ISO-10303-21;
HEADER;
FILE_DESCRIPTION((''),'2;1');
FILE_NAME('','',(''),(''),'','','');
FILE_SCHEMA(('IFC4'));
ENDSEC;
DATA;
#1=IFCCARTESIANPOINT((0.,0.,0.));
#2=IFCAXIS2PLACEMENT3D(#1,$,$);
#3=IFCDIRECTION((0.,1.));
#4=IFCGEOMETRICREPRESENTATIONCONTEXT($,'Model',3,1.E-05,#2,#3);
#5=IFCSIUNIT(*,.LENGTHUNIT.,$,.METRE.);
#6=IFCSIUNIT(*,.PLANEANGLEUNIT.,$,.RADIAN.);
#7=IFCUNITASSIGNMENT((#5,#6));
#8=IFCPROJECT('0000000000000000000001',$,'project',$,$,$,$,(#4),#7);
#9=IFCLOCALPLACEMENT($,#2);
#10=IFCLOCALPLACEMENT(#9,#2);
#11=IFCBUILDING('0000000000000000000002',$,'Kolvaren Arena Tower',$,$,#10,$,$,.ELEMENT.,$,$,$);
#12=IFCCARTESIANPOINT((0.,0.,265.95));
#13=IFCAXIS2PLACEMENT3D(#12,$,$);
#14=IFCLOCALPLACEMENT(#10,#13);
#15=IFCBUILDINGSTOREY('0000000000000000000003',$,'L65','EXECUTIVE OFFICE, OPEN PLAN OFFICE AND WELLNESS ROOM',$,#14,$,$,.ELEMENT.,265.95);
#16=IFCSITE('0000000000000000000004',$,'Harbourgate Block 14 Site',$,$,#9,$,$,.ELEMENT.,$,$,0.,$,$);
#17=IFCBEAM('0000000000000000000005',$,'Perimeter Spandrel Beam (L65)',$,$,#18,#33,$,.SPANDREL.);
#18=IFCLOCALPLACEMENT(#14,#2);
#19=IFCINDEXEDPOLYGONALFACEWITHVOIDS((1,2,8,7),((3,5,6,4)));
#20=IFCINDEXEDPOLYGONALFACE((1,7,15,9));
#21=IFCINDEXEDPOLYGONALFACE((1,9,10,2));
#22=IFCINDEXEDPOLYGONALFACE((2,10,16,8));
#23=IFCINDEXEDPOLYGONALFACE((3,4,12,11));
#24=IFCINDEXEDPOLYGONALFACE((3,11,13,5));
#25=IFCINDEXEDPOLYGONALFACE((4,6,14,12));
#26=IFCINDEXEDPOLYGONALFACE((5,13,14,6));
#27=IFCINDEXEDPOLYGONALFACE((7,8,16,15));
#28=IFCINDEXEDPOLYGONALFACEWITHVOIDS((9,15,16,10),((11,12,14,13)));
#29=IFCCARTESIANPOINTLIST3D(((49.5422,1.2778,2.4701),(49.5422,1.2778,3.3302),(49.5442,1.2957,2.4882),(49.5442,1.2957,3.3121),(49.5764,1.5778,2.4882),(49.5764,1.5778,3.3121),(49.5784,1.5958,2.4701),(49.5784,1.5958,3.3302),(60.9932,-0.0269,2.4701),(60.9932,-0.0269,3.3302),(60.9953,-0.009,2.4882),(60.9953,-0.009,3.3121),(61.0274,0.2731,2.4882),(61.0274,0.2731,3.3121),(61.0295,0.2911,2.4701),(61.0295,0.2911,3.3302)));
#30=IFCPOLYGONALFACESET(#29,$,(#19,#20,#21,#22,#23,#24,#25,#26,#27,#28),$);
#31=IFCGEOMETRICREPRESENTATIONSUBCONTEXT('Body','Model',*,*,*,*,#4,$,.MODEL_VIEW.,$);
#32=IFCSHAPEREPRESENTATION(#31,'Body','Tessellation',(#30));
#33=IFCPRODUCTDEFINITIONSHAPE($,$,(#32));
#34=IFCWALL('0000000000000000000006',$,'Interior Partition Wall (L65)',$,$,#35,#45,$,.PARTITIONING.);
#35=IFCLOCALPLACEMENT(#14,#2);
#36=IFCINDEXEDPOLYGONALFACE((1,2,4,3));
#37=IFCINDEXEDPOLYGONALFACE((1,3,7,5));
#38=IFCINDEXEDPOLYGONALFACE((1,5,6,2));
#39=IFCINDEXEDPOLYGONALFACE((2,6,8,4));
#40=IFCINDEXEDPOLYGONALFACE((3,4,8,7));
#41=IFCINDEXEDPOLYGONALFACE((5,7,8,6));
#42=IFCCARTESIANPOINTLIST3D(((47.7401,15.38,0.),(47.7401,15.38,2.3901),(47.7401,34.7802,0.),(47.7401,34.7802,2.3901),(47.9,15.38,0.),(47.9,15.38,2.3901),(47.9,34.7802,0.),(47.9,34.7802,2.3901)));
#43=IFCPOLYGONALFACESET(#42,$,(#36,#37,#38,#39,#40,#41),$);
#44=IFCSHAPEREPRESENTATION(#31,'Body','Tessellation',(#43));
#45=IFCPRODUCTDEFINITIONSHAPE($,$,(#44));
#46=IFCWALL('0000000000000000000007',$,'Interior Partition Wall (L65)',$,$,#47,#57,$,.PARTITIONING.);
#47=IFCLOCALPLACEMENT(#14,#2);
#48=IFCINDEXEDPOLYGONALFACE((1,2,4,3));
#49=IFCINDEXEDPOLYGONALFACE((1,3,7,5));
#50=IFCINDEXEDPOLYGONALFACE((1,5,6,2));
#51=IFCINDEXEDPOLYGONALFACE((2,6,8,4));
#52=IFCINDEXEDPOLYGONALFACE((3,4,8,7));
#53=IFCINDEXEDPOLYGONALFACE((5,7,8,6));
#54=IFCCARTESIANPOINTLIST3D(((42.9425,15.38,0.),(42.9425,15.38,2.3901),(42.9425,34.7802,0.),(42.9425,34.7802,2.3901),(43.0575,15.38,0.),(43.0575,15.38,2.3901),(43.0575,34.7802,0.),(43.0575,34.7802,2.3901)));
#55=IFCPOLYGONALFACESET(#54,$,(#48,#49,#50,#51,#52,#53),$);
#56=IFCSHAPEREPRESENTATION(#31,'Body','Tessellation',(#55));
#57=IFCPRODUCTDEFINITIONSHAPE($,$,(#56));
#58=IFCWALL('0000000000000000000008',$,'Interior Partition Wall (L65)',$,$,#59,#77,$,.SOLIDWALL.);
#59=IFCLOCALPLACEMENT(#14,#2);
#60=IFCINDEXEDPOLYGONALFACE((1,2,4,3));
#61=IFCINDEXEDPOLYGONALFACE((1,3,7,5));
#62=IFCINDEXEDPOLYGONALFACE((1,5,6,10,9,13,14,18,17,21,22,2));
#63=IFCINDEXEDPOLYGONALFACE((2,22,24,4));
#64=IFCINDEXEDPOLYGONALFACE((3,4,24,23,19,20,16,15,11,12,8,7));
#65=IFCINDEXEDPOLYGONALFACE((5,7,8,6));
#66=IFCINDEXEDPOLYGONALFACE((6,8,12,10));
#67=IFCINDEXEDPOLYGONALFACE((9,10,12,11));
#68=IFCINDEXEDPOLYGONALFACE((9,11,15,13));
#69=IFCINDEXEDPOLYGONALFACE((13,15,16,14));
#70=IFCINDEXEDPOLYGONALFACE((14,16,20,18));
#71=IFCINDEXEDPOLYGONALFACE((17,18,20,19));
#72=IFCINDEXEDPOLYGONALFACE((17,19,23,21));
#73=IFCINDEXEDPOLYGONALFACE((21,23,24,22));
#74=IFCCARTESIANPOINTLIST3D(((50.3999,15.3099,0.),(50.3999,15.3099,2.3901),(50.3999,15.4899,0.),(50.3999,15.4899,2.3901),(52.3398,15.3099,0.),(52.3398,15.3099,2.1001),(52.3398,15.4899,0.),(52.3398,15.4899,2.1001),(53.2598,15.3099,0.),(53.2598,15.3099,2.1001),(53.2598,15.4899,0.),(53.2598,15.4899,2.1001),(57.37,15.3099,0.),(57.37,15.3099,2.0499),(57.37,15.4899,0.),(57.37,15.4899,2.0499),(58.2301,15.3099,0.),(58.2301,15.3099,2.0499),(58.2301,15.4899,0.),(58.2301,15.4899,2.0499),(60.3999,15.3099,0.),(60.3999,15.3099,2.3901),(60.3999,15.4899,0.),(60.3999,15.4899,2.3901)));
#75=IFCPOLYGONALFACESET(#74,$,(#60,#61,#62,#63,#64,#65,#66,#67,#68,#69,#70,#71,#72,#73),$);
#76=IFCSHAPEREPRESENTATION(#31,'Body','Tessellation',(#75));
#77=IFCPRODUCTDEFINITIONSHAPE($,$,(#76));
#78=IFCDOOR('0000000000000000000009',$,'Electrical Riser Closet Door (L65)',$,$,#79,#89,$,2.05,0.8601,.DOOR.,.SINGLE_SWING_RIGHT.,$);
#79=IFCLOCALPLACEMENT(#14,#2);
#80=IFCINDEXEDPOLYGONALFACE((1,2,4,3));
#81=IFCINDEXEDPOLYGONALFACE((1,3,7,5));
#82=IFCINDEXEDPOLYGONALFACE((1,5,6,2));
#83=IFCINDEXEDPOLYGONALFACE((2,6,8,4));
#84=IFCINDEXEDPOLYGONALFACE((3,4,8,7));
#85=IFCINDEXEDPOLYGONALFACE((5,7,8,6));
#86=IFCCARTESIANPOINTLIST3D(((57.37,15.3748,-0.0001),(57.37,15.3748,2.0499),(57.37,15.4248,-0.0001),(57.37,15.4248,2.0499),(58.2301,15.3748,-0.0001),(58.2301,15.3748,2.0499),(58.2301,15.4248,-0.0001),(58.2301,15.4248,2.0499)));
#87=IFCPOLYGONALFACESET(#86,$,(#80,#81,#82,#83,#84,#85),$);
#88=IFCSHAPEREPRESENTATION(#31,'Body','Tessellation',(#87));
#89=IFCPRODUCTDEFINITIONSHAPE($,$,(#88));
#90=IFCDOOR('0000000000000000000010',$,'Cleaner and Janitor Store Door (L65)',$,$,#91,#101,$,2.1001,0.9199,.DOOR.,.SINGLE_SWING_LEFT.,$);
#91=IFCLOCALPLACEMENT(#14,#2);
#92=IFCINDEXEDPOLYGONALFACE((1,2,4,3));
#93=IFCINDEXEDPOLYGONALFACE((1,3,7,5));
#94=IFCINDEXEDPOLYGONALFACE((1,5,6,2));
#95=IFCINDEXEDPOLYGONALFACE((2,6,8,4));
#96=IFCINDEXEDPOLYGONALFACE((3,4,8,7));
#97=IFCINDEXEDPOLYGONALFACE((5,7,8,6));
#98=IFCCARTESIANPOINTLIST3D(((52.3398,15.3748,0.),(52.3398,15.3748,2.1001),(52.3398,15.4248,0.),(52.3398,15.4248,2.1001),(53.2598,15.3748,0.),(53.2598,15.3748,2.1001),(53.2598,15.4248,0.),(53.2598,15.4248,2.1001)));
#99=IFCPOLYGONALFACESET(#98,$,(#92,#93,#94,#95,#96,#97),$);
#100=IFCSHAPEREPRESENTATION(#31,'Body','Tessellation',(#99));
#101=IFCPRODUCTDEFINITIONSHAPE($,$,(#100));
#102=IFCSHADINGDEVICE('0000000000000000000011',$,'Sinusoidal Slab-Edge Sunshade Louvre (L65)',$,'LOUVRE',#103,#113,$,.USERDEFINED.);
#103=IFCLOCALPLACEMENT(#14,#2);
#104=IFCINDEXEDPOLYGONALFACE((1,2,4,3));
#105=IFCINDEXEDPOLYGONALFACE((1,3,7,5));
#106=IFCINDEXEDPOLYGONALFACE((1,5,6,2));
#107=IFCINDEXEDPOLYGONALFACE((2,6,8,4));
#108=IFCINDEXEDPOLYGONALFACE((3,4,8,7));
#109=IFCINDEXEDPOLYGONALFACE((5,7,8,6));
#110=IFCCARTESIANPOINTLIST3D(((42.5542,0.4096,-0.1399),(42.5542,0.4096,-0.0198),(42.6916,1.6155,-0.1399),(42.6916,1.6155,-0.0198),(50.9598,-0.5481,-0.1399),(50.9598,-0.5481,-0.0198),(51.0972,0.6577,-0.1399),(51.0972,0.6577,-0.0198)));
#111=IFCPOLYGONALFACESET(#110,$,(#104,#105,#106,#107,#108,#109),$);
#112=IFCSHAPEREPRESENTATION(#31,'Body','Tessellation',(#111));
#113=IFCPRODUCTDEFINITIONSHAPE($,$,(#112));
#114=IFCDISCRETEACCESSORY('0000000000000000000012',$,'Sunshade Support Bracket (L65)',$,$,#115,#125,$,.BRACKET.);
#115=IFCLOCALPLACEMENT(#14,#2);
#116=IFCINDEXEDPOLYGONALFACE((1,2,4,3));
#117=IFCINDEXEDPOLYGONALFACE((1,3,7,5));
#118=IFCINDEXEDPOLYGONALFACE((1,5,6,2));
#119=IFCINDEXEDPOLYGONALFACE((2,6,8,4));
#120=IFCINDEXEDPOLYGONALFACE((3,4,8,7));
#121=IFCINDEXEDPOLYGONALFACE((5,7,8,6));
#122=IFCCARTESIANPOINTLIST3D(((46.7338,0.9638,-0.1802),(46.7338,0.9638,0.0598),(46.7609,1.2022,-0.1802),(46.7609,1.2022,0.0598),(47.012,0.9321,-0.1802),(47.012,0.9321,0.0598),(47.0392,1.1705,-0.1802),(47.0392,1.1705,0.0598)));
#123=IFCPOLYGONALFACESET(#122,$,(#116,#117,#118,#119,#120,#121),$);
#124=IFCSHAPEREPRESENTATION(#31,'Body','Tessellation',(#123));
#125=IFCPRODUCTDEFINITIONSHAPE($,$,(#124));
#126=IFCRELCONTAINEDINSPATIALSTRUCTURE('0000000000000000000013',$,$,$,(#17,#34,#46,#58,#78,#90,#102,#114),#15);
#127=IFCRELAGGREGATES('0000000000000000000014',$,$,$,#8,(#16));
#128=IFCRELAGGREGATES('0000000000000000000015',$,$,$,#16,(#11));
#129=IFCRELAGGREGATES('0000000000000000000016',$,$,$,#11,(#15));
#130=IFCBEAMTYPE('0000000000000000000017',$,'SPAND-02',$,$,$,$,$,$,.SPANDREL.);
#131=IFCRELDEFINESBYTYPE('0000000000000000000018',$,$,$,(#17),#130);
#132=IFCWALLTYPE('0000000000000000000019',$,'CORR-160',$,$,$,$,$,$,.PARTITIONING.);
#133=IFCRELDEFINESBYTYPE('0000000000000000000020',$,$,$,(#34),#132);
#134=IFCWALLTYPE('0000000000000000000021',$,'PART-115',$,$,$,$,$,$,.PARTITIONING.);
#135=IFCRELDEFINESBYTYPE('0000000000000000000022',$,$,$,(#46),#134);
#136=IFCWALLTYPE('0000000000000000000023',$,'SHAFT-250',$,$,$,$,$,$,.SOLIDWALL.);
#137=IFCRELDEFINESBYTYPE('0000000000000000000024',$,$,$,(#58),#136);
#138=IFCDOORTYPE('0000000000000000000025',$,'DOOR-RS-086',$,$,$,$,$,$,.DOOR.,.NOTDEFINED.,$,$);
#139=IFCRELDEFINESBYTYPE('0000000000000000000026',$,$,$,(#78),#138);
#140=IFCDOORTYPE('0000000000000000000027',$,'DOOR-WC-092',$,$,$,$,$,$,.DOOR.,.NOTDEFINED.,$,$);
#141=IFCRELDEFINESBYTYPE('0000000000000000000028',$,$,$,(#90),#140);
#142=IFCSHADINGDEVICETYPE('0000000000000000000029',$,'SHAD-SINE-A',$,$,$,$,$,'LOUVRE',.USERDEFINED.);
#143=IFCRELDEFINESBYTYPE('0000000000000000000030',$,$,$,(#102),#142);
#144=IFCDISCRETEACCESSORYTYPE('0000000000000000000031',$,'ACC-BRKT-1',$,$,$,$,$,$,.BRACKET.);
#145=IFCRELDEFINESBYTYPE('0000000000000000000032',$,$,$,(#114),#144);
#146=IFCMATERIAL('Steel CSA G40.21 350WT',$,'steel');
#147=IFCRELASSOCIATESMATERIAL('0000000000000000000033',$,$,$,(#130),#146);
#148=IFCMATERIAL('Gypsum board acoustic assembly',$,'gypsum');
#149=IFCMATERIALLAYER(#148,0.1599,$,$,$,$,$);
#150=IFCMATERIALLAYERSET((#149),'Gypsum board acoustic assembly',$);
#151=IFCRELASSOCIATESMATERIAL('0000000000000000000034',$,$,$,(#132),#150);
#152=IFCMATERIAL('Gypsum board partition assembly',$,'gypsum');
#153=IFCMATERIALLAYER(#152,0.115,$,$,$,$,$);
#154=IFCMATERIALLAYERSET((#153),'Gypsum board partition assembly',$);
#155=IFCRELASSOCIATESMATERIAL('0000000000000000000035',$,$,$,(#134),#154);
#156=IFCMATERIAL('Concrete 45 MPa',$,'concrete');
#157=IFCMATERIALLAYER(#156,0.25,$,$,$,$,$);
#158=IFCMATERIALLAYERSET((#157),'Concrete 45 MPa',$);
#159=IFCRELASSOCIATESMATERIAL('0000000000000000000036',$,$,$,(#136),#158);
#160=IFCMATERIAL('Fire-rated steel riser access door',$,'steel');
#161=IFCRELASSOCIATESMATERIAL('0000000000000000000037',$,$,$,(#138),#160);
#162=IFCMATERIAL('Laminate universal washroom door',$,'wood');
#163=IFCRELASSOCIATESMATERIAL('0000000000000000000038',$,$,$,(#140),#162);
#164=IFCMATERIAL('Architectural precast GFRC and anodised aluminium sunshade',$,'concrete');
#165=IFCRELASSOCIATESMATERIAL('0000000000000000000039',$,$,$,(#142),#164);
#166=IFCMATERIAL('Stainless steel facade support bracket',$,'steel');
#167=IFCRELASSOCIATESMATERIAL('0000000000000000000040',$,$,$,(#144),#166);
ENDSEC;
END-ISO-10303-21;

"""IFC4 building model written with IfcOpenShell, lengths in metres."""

from ifc_helpers import new_model, si_unit, direction, frame, frame_2d, origin, origin_2d, place, context, subcontext, project, spatial, rectangle, hollow_rectangle, extrude, material, layer, layer_set, material_profile, profile_set, type_object, element, fill, save


model = new_model("IFC4")

# Units and contexts
model_context = context("Model", 3, precision=1e-05, world=origin(), true_north=direction((0.0, 1.0)))
body_context = subcontext(model_context, "Body", "Model", "MODEL_VIEW")
ifc_project = project(units=[si_unit("LENGTHUNIT", "METRE"), si_unit("PLANEANGLEUNIT", "RADIAN")], contexts=[model_context])

# Site, building, storey
site_placement = place(None, origin())
site = spatial("IfcSite", under=ifc_project, at=site_placement, Name="Harbourgate Block 14 Site", CompositionType="ELEMENT", RefElevation=0.0)
building_placement = place(site_placement, origin())
building = spatial("IfcBuilding", under=site, at=building_placement, Name="Kolvaren Arena Tower", CompositionType="ELEMENT")
storey_placement = place(building_placement, frame((0.0, 0.0, 265.95)))
storey = spatial("IfcBuildingStorey", under=building, at=storey_placement, Name="L65", Description="EXECUTIVE OFFICE, OPEN PLAN OFFICE AND WELLNESS ROOM", CompositionType="ELEMENT", Elevation=265.95)

# Beam
ifc_material_1 = material(Name="Steel CSA G40.21 350WT", Category="steel")
ifc_material_profile_1 = material_profile(ifc_material_1, hollow_rectangle(XDim=0.3201, YDim=0.8601, WallThickness=0.0181, at=origin_2d()), Name="HSS 860x320x18")
ifc_profile_set_1 = profile_set([ifc_material_profile_1], Name="Steel CSA G40.21 350WT")
beam_type_1 = type_object("IfcBeamType", Name="SPAND-02", PredefinedType="SPANDREL", material=ifc_profile_set_1)
beam_1_placement = place(storey_placement, frame((49.5603, 1.4368, 2.9001), z_axis=(0.993572, -0.113202, 0.0), x_axis=(0.113202, 0.993572, 0.0)))
element("IfcBeam", 1, at=beam_1_placement, inside=storey, type_object=beam_type_1, Name="Perimeter Spandrel Beam (L65)", PredefinedType="SPANDREL", context=body_context, shape_type="SweptSolid", body=[
    extrude(hollow_rectangle(XDim=0.3201, YDim=0.8601, WallThickness=0.0181, at=origin_2d()), origin(), (0.0, 0.0, 1.0), 11.5251),
])

# Walls
ifc_material_2 = material(Name="Gypsum board acoustic assembly", Category="gypsum")
ifc_layer_1 = layer(ifc_material_2, 0.1599)
ifc_layer_set_1 = layer_set([ifc_layer_1], Name="Gypsum board acoustic assembly")
wall_type_1 = type_object("IfcWallType", Name="CORR-160", PredefinedType="PARTITIONING", material=ifc_layer_set_1)
wall_1_placement = place(storey_placement, frame((47.8201, 15.3799, 0.0), z_axis=(0.0, 0.0, 1.0), x_axis=(0.0, 1.0, 0.0)))
element("IfcWall", 2, at=wall_1_placement, inside=storey, type_object=wall_type_1, Name="Interior Partition Wall (L65)", PredefinedType="PARTITIONING", context=body_context, shape_type="SweptSolid", body=[
    extrude(rectangle(XDim=19.4001, YDim=0.1599, at=frame_2d((9.7002, 0.0))), origin(), (0.0, 0.0, 1.0), 2.3901),
])
ifc_material_3 = material(Name="Gypsum board partition assembly", Category="gypsum")
ifc_layer_2 = layer(ifc_material_3, 0.115)
ifc_layer_set_2 = layer_set([ifc_layer_2], Name="Gypsum board partition assembly")
wall_type_2 = type_object("IfcWallType", Name="PART-115", PredefinedType="PARTITIONING", material=ifc_layer_set_2)
wall_2_placement = place(storey_placement, frame((43.0, 15.3799, 0.0), z_axis=(0.0, 0.0, 1.0), x_axis=(0.0, 1.0, 0.0)))
element("IfcWall", 3, at=wall_2_placement, inside=storey, type_object=wall_type_2, Name="Interior Partition Wall (L65)", PredefinedType="PARTITIONING", context=body_context, shape_type="SweptSolid", body=[
    extrude(rectangle(XDim=19.4001, YDim=0.115, at=frame_2d((9.7002, 0.0))), origin(), (0.0, 0.0, 1.0), 2.3901),
])

# Wall, openings, doors
ifc_material_4 = material(Name="Concrete 45 MPa", Category="concrete")
ifc_layer_3 = layer(ifc_material_4, 0.25)
ifc_layer_set_3 = layer_set([ifc_layer_3], Name="Concrete 45 MPa")
wall_type_3 = type_object("IfcWallType", Name="SHAFT-250", PredefinedType="SOLIDWALL", material=ifc_layer_set_3)
wall_3_placement = place(storey_placement, frame((50.3999, 15.3999, 0.0), z_axis=(0.0, 0.0, 1.0), x_axis=(1.0, 0.0, 0.0)))
wall_3 = element("IfcWall", 4, at=wall_3_placement, inside=storey, type_object=wall_type_3, Name="Interior Partition Wall (L65)", PredefinedType="SOLIDWALL", context=body_context, shape_type="SweptSolid", body=[
    extrude(rectangle(XDim=10.0, YDim=0.1799, at=frame_2d((5.0, 0.0))), origin(), (0.0, 0.0, 1.0), 2.3901),
])
opening_1_placement = place(wall_3_placement, frame((1.9399, 0.0, 0.0)))
opening_1 = element("IfcOpeningElement", 5, at=opening_1_placement, cuts=wall_3, PredefinedType="OPENING", context=body_context, shape_type="SweptSolid", body=[
    extrude(rectangle(XDim=0.9199, YDim=2.1001, at=frame_2d((0.46, 1.05))), frame((0.0, 0.0999, 0.0), z_axis=(0.0, -1.0, 0.0), x_axis=(1.0, 0.0, 0.0)), (0.0, 0.0, 1.0), 0.2),
])
opening_2_placement = place(wall_3_placement, frame((6.97, 0.0, 0.0)))
opening_2 = element("IfcOpeningElement", 6, at=opening_2_placement, cuts=wall_3, PredefinedType="OPENING", context=body_context, shape_type="SweptSolid", body=[
    extrude(rectangle(XDim=0.8601, YDim=2.05, at=frame_2d((0.4302, 1.0249))), frame((0.0, 0.0999, 0.0), z_axis=(0.0, -1.0, 0.0), x_axis=(1.0, 0.0, 0.0)), (0.0, 0.0, 1.0), 0.2),
])
ifc_material_5 = material(Name="Fire-rated steel riser access door", Category="steel")
door_type_1 = type_object("IfcDoorType", Name="DOOR-RS-086", OperationType="NOTDEFINED", PredefinedType="DOOR", material=ifc_material_5)
door_1_placement = place(opening_2_placement, origin())
door_1 = element("IfcDoor", 7, at=door_1_placement, inside=storey, type_object=door_type_1, Name="Electrical Riser Closet Door (L65)", OperationType="SINGLE_SWING_RIGHT", OverallHeight=2.05, OverallWidth=0.8601, PredefinedType="DOOR", context=body_context, shape_type="SweptSolid", body=[
    extrude(rectangle(XDim=0.8601, YDim=2.05, at=frame_2d((0.4302, 1.0249))), frame((0.0, 0.0249, 0.0), z_axis=(0.0, -1.0, 0.0), x_axis=(1.0, 0.0, 0.0)), (0.0, 0.0, 1.0), 0.05),
])
fill(opening_2, door_1)
ifc_material_6 = material(Name="Laminate universal washroom door", Category="wood")
door_type_2 = type_object("IfcDoorType", Name="DOOR-WC-092", OperationType="NOTDEFINED", PredefinedType="DOOR", material=ifc_material_6)
door_2_placement = place(opening_1_placement, origin())
door_2 = element("IfcDoor", 8, at=door_2_placement, inside=storey, type_object=door_type_2, Name="Cleaner and Janitor Store Door (L65)", OperationType="SINGLE_SWING_LEFT", OverallHeight=2.1001, OverallWidth=0.9199, PredefinedType="DOOR", context=body_context, shape_type="SweptSolid", body=[
    extrude(rectangle(XDim=0.9199, YDim=2.1001, at=frame_2d((0.46, 1.05))), frame((0.0, 0.0249, 0.0), z_axis=(0.0, -1.0, 0.0), x_axis=(1.0, 0.0, 0.0)), (0.0, 0.0, 1.0), 0.05),
])
fill(opening_1, door_2)

# Shading device
ifc_material_7 = material(Name="Architectural precast GFRC and anodised aluminium sunshade", Category="concrete")
shading_device_type = type_object("IfcShadingDeviceType", Name="SHAD-SINE-A", ElementType="LOUVRE", PredefinedType="USERDEFINED", material=ifc_material_7)
shading_device_placement = place(storey_placement, frame((46.8257, 0.5337, -0.1399), z_axis=(0.0, 0.0, 1.0), x_axis=(-0.993572, 0.113205, 0.0)))
element("IfcShadingDevice", 9, at=shading_device_placement, inside=storey, type_object=shading_device_type, Name="Sinusoidal Slab-Edge Sunshade Louvre (L65)", ObjectType="LOUVRE", PredefinedType="USERDEFINED", context=body_context, shape_type="SweptSolid", body=[
    extrude(rectangle(XDim=8.46, YDim=1.2136, at=origin_2d()), origin(), (0.0, 0.0, 1.0), 0.1201),
])

# Discrete accessory
ifc_material_8 = material(Name="Stainless steel facade support bracket", Category="steel")
discrete_accessory_type = type_object("IfcDiscreteAccessoryType", Name="ACC-BRKT-1", PredefinedType="BRACKET", material=ifc_material_8)
discrete_accessory_placement = place(storey_placement, frame((46.8865, 1.0671, -0.1802), z_axis=(0.0, 0.0, 1.0), x_axis=(-0.993572, 0.113205, 0.0)))
element("IfcDiscreteAccessory", 10, at=discrete_accessory_placement, inside=storey, type_object=discrete_accessory_type, Name="Sunshade Support Bracket (L65)", PredefinedType="BRACKET", context=body_context, shape_type="SweptSolid", body=[
    extrude(rectangle(XDim=0.28, YDim=0.24, at=origin_2d()), origin(), (0.0, 0.0, 1.0), 0.24),
])

save(model, "model.ifc")
